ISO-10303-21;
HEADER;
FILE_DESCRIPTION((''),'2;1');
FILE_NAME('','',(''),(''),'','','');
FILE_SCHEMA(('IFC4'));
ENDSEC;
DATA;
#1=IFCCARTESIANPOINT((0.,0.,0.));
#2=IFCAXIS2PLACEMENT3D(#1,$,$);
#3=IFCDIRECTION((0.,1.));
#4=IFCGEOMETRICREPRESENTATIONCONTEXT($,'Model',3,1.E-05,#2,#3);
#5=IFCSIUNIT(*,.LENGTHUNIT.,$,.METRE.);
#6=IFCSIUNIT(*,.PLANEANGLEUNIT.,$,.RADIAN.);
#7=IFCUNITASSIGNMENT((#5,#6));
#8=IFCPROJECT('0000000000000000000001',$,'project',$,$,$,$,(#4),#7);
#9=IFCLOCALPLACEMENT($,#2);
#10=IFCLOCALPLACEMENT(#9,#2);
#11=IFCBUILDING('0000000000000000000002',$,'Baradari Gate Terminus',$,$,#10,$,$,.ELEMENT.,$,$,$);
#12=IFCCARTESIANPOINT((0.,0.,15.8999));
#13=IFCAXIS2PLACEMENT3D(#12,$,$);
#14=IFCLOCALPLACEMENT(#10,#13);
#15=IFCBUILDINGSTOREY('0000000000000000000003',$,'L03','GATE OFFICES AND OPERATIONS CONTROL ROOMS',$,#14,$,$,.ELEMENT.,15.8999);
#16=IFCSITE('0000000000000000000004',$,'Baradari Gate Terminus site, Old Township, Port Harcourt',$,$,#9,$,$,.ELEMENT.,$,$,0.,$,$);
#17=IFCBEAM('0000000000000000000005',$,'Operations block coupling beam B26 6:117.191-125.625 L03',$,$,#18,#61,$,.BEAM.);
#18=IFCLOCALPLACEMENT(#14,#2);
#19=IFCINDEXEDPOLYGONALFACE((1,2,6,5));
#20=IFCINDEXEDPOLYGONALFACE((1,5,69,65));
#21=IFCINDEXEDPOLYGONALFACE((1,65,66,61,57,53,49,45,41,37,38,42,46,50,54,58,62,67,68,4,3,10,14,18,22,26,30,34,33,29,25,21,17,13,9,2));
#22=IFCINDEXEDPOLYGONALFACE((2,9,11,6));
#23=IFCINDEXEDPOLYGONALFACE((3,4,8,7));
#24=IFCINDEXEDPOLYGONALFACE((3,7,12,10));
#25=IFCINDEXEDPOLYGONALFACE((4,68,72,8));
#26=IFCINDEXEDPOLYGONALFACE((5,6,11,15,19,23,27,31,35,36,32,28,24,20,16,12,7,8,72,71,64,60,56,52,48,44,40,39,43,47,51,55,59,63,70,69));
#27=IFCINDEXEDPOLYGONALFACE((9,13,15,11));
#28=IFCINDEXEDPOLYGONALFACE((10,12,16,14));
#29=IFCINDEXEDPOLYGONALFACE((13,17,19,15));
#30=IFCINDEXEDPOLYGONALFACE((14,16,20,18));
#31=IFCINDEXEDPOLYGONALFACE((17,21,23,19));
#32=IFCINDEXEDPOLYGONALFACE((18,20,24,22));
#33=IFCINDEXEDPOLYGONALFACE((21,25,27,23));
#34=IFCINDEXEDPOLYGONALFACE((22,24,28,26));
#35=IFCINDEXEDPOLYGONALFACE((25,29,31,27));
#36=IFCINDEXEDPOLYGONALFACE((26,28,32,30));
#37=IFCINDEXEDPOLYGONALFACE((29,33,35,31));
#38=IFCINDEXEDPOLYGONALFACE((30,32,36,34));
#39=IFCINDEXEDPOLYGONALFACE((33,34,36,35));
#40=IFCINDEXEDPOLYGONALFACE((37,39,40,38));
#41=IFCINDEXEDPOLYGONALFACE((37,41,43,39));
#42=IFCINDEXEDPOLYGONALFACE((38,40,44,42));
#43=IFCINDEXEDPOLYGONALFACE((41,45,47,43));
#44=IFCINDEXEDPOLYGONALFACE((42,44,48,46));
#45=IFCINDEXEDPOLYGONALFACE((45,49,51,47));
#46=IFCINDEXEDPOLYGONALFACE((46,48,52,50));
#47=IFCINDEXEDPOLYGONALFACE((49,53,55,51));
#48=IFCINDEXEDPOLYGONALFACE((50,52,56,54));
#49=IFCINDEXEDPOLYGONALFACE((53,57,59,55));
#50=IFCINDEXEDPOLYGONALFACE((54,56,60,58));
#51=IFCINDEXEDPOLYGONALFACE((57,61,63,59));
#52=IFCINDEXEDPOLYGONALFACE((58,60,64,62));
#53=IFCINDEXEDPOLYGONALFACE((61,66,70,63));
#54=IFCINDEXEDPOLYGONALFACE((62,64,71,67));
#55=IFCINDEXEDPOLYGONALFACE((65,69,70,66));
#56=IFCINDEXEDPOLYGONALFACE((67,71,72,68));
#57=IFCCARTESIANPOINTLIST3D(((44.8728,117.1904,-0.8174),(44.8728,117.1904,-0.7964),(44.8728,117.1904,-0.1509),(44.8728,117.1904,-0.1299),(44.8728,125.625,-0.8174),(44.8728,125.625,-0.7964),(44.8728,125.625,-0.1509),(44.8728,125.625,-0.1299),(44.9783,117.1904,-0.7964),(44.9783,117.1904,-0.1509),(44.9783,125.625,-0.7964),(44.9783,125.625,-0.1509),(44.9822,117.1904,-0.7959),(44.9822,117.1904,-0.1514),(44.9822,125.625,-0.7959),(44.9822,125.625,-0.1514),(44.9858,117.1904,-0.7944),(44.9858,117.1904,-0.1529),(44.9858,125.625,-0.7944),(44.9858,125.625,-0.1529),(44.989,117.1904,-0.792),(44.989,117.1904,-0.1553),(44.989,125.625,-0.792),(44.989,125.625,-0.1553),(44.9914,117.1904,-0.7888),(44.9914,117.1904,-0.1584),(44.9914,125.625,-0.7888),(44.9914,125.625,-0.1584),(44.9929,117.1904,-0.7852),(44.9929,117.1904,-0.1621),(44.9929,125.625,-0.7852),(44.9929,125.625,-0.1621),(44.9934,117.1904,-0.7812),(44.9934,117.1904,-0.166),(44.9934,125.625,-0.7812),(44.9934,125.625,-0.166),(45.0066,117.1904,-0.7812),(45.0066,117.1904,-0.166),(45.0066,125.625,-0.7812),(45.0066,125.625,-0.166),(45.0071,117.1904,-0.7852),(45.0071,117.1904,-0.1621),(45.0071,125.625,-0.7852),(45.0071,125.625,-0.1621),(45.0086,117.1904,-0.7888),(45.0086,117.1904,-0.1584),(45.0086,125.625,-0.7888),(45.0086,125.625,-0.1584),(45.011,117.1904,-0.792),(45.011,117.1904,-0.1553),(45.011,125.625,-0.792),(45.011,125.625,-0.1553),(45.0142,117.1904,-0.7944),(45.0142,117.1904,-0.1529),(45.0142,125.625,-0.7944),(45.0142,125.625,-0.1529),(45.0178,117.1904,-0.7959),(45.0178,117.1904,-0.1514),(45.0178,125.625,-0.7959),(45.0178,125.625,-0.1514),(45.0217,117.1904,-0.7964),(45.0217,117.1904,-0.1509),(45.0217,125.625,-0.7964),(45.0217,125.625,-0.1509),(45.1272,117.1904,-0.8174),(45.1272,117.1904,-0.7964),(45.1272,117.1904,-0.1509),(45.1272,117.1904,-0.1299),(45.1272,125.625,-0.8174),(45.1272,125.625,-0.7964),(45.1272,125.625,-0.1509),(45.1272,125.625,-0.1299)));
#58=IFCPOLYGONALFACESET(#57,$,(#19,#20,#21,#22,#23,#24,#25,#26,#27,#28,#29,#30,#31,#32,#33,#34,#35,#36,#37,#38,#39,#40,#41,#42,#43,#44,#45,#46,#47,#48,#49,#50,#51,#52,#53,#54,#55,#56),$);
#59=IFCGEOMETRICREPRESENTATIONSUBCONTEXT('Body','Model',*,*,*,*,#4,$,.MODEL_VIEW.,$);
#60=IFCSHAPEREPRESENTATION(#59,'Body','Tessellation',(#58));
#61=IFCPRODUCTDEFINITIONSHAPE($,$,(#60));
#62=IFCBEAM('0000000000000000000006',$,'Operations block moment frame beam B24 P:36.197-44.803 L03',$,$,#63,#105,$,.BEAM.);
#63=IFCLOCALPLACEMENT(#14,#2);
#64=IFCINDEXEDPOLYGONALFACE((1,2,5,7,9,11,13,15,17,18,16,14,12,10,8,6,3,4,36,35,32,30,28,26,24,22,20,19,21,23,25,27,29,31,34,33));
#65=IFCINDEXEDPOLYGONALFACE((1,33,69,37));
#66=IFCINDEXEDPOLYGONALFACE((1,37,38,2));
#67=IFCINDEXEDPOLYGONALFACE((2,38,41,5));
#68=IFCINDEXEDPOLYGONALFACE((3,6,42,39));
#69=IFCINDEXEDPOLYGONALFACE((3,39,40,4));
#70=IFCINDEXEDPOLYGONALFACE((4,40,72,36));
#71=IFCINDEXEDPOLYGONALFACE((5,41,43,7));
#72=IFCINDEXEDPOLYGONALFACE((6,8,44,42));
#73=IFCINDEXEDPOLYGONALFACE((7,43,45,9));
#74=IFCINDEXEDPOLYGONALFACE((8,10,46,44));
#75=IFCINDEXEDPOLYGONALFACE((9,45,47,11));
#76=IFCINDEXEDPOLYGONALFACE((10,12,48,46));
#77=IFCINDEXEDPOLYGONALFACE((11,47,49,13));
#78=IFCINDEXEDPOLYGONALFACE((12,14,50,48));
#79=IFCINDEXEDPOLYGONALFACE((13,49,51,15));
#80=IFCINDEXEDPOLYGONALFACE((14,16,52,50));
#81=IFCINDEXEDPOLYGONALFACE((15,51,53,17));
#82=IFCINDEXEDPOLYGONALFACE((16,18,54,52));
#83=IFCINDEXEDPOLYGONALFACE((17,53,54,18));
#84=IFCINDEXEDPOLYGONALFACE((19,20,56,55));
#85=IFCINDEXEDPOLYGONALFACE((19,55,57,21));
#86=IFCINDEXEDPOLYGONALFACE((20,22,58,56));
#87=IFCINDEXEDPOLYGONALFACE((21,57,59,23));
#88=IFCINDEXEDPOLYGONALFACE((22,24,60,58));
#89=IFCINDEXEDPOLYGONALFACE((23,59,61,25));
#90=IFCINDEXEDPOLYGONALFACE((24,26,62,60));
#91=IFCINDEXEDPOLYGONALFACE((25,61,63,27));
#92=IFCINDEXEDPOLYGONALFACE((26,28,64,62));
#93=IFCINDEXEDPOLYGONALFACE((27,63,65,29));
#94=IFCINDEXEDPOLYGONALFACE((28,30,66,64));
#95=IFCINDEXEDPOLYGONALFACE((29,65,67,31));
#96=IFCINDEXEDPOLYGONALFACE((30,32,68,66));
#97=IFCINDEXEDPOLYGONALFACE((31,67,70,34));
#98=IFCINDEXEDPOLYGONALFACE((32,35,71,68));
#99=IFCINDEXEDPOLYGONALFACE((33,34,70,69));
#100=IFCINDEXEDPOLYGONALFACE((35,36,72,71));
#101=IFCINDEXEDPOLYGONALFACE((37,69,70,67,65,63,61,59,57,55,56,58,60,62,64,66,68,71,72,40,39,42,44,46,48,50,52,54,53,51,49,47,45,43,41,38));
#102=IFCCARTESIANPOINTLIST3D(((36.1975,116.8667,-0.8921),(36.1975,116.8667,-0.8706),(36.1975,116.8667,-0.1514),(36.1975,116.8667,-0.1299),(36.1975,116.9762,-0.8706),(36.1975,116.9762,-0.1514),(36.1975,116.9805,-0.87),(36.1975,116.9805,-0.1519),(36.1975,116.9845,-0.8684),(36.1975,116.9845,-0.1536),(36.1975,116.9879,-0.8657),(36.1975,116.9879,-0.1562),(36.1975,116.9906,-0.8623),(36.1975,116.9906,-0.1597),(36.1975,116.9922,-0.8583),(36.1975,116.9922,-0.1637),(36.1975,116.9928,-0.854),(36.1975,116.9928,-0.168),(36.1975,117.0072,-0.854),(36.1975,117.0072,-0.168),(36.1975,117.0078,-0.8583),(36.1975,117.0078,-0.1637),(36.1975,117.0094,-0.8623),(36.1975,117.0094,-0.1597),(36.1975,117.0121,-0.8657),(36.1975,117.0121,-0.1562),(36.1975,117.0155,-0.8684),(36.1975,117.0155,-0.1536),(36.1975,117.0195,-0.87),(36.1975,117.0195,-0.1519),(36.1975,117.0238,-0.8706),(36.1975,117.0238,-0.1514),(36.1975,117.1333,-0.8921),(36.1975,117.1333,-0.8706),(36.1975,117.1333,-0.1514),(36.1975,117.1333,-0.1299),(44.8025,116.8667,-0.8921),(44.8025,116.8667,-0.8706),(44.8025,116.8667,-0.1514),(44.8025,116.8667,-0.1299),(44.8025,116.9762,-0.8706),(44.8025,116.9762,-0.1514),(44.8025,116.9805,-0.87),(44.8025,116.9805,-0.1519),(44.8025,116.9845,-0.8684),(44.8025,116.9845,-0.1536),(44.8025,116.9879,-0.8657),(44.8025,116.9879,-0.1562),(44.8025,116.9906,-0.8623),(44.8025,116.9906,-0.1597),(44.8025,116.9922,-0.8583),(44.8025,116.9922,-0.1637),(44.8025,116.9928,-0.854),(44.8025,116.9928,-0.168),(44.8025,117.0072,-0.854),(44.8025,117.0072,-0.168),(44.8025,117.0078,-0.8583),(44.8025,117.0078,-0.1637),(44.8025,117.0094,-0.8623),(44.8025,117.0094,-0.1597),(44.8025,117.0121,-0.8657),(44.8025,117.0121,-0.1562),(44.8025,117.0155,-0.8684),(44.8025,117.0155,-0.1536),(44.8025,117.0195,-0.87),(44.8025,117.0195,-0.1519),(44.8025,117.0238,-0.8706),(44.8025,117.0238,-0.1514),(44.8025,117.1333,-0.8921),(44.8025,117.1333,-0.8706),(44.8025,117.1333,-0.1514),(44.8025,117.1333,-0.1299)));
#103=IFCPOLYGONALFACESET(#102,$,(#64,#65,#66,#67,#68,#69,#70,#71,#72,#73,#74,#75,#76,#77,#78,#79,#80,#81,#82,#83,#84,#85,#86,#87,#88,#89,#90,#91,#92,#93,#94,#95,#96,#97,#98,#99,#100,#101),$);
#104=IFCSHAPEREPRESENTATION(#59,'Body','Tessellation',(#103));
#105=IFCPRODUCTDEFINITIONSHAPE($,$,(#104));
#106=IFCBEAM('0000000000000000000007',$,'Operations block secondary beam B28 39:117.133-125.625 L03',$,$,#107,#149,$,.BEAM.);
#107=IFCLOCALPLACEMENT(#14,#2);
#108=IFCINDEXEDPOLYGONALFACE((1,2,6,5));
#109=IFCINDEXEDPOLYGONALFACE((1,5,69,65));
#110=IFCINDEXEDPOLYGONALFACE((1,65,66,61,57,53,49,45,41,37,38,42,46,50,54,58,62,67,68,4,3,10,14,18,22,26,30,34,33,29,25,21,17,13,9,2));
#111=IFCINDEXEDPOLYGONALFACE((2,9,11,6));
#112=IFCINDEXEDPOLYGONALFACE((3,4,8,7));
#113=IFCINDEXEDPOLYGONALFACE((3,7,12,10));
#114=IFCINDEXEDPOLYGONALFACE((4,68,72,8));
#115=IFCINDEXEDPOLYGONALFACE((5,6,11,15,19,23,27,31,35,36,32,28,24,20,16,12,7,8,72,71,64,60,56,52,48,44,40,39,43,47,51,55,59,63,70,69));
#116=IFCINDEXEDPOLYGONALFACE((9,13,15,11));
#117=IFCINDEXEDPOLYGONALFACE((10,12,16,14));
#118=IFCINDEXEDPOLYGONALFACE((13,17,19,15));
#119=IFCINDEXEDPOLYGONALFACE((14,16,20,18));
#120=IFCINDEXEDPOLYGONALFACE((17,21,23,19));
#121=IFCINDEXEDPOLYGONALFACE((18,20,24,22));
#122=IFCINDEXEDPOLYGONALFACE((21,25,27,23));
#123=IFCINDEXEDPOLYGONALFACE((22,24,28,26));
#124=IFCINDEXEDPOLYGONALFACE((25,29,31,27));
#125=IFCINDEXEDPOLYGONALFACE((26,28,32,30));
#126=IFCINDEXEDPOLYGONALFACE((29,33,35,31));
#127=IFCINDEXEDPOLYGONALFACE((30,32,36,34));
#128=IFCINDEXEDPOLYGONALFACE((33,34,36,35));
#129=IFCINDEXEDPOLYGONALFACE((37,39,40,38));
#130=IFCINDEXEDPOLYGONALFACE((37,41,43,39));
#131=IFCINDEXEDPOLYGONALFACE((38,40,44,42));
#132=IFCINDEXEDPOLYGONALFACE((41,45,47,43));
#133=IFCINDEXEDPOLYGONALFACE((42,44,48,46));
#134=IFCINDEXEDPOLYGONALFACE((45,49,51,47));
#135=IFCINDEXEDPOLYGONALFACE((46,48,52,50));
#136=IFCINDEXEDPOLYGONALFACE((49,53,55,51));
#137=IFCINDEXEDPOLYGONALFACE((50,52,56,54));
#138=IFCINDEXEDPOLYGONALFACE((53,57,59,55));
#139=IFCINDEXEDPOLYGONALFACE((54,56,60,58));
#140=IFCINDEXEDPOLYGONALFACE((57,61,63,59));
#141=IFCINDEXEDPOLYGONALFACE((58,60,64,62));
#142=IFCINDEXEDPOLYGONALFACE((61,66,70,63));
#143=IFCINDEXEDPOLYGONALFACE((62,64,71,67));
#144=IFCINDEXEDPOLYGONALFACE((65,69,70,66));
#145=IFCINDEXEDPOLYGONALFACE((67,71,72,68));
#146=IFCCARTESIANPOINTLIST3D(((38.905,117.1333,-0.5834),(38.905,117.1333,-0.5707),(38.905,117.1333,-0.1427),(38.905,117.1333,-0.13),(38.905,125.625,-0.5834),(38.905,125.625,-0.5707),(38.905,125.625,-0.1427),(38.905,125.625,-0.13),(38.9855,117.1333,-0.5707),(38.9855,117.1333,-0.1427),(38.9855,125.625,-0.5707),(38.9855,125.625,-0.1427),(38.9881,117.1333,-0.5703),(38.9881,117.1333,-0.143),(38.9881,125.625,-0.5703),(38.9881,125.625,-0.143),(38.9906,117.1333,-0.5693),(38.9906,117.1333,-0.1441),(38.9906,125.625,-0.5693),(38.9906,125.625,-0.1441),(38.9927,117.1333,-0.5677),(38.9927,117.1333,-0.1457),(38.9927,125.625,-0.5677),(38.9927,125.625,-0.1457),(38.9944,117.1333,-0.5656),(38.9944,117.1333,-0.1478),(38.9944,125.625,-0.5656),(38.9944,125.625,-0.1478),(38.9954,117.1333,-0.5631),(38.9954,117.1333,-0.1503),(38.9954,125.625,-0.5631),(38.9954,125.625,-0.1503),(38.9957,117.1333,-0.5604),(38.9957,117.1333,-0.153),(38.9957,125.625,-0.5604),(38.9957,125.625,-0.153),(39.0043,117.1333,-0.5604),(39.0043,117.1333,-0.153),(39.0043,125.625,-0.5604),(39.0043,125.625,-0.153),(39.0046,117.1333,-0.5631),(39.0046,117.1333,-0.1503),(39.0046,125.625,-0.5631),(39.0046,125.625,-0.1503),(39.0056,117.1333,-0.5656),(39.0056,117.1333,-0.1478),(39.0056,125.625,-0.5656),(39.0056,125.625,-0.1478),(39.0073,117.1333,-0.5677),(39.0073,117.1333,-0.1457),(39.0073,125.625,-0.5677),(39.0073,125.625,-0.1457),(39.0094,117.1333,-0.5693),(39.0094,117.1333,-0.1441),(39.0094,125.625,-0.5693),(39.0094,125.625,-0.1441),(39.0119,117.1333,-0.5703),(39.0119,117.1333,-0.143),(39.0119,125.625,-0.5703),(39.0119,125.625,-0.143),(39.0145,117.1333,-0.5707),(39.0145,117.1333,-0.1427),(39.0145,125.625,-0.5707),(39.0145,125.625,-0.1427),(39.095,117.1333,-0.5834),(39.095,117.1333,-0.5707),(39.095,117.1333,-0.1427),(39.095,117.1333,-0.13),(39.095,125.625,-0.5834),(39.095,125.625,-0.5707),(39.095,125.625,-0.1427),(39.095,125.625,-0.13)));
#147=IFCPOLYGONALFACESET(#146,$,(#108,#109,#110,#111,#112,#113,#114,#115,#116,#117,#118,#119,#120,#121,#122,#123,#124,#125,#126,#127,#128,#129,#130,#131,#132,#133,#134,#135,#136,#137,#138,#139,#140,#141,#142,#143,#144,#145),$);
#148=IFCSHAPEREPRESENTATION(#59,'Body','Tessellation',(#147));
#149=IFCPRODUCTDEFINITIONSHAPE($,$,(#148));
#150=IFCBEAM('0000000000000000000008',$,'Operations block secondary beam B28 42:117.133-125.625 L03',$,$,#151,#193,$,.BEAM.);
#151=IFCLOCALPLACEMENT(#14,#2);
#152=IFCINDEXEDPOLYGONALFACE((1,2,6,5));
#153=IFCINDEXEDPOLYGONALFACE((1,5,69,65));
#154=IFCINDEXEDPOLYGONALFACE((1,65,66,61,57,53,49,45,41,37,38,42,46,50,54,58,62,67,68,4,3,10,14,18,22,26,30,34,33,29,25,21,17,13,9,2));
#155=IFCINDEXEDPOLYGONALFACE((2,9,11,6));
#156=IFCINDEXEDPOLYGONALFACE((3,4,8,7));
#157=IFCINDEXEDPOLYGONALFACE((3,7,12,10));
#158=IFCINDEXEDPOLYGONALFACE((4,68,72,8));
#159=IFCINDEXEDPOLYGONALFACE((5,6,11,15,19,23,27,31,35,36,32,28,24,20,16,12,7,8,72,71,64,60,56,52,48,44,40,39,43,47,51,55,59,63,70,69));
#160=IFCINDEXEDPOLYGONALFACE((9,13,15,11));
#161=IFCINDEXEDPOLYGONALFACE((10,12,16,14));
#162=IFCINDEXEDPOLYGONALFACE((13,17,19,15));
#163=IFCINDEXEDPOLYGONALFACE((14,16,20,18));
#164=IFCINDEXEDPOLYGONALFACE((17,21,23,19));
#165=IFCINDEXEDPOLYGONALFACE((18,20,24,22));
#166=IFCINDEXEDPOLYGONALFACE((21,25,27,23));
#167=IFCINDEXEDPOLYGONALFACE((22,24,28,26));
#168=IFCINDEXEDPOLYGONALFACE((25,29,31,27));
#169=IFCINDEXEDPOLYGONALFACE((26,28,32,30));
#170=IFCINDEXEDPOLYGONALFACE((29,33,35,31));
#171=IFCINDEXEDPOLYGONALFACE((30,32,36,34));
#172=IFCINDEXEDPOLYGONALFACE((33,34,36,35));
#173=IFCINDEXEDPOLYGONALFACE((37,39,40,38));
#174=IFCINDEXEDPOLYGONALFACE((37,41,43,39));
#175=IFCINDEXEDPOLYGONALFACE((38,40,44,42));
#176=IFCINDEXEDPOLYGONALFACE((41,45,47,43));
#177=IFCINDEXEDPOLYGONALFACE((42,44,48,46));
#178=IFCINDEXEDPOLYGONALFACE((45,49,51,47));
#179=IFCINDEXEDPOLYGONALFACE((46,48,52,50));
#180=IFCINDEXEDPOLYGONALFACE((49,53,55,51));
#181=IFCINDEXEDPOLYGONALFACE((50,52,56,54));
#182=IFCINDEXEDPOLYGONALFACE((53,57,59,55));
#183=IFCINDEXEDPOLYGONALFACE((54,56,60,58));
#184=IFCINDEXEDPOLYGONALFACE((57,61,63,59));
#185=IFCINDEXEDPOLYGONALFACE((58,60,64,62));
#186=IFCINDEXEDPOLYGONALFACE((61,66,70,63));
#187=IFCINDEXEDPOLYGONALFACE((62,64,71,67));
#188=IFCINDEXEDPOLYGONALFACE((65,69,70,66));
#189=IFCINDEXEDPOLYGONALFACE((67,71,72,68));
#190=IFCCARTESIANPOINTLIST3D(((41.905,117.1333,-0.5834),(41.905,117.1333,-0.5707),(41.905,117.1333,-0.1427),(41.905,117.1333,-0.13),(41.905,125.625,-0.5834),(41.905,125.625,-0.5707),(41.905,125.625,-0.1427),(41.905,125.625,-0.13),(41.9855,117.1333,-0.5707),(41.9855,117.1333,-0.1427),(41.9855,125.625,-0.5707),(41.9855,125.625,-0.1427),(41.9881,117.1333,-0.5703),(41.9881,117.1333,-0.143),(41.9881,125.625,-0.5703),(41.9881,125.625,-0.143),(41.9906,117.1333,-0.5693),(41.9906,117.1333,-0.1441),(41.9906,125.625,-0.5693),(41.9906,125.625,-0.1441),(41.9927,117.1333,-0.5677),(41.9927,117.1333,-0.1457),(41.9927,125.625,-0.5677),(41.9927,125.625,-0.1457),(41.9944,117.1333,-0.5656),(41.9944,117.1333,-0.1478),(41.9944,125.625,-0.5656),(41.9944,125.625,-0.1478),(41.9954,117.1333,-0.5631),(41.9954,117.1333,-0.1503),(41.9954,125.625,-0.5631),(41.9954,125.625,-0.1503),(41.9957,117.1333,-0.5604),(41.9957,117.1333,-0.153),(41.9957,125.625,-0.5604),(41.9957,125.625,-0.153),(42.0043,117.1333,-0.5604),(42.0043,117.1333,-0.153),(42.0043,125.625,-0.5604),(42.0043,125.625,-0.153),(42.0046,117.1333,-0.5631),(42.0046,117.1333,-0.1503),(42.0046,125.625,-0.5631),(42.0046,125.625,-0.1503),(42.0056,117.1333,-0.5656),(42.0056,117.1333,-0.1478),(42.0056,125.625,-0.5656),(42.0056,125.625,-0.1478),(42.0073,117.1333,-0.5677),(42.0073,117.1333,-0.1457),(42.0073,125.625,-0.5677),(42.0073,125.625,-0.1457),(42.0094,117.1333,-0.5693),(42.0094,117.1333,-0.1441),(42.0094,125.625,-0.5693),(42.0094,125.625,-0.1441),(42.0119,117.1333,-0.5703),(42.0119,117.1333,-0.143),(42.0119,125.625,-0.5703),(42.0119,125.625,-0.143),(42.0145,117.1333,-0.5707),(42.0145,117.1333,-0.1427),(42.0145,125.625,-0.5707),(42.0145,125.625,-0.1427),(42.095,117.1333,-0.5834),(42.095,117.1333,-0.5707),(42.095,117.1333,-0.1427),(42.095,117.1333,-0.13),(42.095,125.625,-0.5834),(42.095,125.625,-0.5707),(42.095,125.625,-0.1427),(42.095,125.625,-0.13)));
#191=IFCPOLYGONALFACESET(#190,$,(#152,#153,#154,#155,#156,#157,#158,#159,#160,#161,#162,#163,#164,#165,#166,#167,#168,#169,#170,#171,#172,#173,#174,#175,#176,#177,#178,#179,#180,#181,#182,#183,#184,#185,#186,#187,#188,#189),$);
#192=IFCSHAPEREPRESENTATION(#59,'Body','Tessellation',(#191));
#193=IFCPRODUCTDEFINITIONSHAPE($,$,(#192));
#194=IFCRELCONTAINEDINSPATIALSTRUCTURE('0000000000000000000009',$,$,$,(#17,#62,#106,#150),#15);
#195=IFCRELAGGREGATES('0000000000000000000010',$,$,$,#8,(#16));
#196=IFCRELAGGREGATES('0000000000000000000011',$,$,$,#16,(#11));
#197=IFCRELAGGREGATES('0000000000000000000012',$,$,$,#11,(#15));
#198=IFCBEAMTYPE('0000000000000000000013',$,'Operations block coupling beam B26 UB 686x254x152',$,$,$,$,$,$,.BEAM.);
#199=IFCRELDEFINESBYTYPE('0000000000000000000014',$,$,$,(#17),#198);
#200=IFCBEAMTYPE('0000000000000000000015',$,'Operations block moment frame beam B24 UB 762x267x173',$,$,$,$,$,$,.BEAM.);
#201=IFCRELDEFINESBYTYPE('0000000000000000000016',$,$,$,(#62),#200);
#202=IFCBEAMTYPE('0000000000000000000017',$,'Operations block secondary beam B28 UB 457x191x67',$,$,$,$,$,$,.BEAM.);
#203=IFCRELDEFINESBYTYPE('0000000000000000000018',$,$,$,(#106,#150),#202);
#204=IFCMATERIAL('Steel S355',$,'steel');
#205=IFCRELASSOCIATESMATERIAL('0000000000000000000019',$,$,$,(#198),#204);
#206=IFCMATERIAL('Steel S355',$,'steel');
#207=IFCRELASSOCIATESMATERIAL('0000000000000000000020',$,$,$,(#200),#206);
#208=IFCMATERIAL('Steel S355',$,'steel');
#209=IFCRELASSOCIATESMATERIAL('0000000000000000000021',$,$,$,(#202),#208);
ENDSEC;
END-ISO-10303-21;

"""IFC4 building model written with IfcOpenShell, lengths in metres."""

from ifc_helpers import new_model, si_unit, direction, frame, origin, origin_2d, place, context, subcontext, project, spatial, i_section, extrude, material, material_profile, profile_set, type_object, element, save


model = new_model("IFC4")

# Units and contexts
model_context = context("Model", 3, precision=1e-05, world=origin(), true_north=direction((0.0, 1.0)))
body_context = subcontext(model_context, "Body", "Model", "MODEL_VIEW")
ifc_project = project(units=[si_unit("LENGTHUNIT", "METRE"), si_unit("PLANEANGLEUNIT", "RADIAN")], contexts=[model_context])

# Site, building, storey
site_placement = place(None, origin())
site = spatial("IfcSite", under=ifc_project, at=site_placement, Name="Baradari Gate Terminus site, Old Township, Port Harcourt", CompositionType="ELEMENT", RefElevation=0.0)
building_placement = place(site_placement, origin())
building = spatial("IfcBuilding", under=site, at=building_placement, Name="Baradari Gate Terminus", CompositionType="ELEMENT")
storey_placement = place(building_placement, frame((0.0, 0.0, 15.8999)))
storey = spatial("IfcBuildingStorey", under=building, at=storey_placement, Name="L03", Description="GATE OFFICES AND OPERATIONS CONTROL ROOMS", CompositionType="ELEMENT", Elevation=15.8999)

# Beams
ifc_material_1 = material(Name="Steel S355", Category="steel")
ifc_material_profile_1 = material_profile(ifc_material_1, i_section(OverallWidth=0.2544, OverallDepth=0.6875, WebThickness=0.0132, FlangeThickness=0.021, FilletRadius=0.0151, at=origin_2d()), Name="UB 686x254x152")
ifc_profile_set_1 = profile_set([ifc_material_profile_1], Name="Steel S355")
beam_type_1 = type_object("IfcBeamType", Name="Operations block coupling beam B26 UB 686x254x152", PredefinedType="BEAM", material=ifc_profile_set_1)
for number, where, z_axis, x_axis, name in (
    (1, (45.0, 117.1904, -0.4736), (0.0, 1.0, 0.0), (-1.0, 0.0, 0.0), "Operations block coupling beam B26 6:117.191-125.625 L03"),
):
    element("IfcBeam", number, at=place(storey_placement, frame(where, z_axis=z_axis, x_axis=x_axis)), inside=storey, type_object=beam_type_1, Name=name, PredefinedType="BEAM", context=body_context, shape_type="SweptSolid", body=[
        extrude(i_section(OverallWidth=0.2544, OverallDepth=0.6875, WebThickness=0.0132, FlangeThickness=0.021, FilletRadius=0.0151, at=origin_2d()), origin(), (0.0, 0.0, 1.0), 8.4346),
    ])
ifc_material_2 = material(Name="Steel S355", Category="steel")
ifc_material_profile_2 = material_profile(ifc_material_2, i_section(OverallWidth=0.2666, OverallDepth=0.7622, WebThickness=0.0144, FlangeThickness=0.0215, FilletRadius=0.0166, at=origin_2d()), Name="UB 762x267x173")
ifc_profile_set_2 = profile_set([ifc_material_profile_2], Name="Steel S355")
beam_type_2 = type_object("IfcBeamType", Name="Operations block moment frame beam B24 UB 762x267x173", PredefinedType="BEAM", material=ifc_profile_set_2)
beam_1_placement = place(storey_placement, frame((36.1975, 117.0, -0.511), z_axis=(1.0, 0.0, 0.0), x_axis=(0.0, 1.0, 0.0)))
element("IfcBeam", 2, at=beam_1_placement, inside=storey, type_object=beam_type_2, Name="Operations block moment frame beam B24 P:36.197-44.803 L03", PredefinedType="BEAM", context=body_context, shape_type="SweptSolid", body=[
    extrude(i_section(OverallWidth=0.2666, OverallDepth=0.7622, WebThickness=0.0144, FlangeThickness=0.0215, FilletRadius=0.0166, at=origin_2d()), origin(), (0.0, 0.0, 1.0), 8.605),
])
ifc_material_3 = material(Name="Steel S355", Category="steel")
ifc_material_profile_3 = material_profile(ifc_material_3, i_section(OverallWidth=0.1899, OverallDepth=0.4534, WebThickness=0.0085, FlangeThickness=0.0127, FilletRadius=0.0103, at=origin_2d()), Name="UB 457x191x67")
ifc_profile_set_3 = profile_set([ifc_material_profile_3], Name="Steel S355")
beam_type_3 = type_object("IfcBeamType", Name="Operations block secondary beam B28 UB 457x191x67", PredefinedType="BEAM", material=ifc_profile_set_3)
for number, where, z_axis, x_axis, name in (
    (3, (39.0, 117.1333, -0.3567), (0.0, 1.0, 0.0), (-1.0, 0.0, 0.0), "Operations block secondary beam B28 39:117.133-125.625 L03"),
    (4, (42.0, 117.1333, -0.3567), (0.0, 1.0, 0.0), (-1.0, 0.0, 0.0), "Operations block secondary beam B28 42:117.133-125.625 L03"),
):
    element("IfcBeam", number, at=place(storey_placement, frame(where, z_axis=z_axis, x_axis=x_axis)), inside=storey, type_object=beam_type_3, Name=name, PredefinedType="BEAM", context=body_context, shape_type="SweptSolid", body=[
        extrude(i_section(OverallWidth=0.1899, OverallDepth=0.4534, WebThickness=0.0085, FlangeThickness=0.0127, FilletRadius=0.0103, at=origin_2d()), origin(), (0.0, 0.0, 1.0), 8.4917),
    ])

save(model, "model.ifc")
